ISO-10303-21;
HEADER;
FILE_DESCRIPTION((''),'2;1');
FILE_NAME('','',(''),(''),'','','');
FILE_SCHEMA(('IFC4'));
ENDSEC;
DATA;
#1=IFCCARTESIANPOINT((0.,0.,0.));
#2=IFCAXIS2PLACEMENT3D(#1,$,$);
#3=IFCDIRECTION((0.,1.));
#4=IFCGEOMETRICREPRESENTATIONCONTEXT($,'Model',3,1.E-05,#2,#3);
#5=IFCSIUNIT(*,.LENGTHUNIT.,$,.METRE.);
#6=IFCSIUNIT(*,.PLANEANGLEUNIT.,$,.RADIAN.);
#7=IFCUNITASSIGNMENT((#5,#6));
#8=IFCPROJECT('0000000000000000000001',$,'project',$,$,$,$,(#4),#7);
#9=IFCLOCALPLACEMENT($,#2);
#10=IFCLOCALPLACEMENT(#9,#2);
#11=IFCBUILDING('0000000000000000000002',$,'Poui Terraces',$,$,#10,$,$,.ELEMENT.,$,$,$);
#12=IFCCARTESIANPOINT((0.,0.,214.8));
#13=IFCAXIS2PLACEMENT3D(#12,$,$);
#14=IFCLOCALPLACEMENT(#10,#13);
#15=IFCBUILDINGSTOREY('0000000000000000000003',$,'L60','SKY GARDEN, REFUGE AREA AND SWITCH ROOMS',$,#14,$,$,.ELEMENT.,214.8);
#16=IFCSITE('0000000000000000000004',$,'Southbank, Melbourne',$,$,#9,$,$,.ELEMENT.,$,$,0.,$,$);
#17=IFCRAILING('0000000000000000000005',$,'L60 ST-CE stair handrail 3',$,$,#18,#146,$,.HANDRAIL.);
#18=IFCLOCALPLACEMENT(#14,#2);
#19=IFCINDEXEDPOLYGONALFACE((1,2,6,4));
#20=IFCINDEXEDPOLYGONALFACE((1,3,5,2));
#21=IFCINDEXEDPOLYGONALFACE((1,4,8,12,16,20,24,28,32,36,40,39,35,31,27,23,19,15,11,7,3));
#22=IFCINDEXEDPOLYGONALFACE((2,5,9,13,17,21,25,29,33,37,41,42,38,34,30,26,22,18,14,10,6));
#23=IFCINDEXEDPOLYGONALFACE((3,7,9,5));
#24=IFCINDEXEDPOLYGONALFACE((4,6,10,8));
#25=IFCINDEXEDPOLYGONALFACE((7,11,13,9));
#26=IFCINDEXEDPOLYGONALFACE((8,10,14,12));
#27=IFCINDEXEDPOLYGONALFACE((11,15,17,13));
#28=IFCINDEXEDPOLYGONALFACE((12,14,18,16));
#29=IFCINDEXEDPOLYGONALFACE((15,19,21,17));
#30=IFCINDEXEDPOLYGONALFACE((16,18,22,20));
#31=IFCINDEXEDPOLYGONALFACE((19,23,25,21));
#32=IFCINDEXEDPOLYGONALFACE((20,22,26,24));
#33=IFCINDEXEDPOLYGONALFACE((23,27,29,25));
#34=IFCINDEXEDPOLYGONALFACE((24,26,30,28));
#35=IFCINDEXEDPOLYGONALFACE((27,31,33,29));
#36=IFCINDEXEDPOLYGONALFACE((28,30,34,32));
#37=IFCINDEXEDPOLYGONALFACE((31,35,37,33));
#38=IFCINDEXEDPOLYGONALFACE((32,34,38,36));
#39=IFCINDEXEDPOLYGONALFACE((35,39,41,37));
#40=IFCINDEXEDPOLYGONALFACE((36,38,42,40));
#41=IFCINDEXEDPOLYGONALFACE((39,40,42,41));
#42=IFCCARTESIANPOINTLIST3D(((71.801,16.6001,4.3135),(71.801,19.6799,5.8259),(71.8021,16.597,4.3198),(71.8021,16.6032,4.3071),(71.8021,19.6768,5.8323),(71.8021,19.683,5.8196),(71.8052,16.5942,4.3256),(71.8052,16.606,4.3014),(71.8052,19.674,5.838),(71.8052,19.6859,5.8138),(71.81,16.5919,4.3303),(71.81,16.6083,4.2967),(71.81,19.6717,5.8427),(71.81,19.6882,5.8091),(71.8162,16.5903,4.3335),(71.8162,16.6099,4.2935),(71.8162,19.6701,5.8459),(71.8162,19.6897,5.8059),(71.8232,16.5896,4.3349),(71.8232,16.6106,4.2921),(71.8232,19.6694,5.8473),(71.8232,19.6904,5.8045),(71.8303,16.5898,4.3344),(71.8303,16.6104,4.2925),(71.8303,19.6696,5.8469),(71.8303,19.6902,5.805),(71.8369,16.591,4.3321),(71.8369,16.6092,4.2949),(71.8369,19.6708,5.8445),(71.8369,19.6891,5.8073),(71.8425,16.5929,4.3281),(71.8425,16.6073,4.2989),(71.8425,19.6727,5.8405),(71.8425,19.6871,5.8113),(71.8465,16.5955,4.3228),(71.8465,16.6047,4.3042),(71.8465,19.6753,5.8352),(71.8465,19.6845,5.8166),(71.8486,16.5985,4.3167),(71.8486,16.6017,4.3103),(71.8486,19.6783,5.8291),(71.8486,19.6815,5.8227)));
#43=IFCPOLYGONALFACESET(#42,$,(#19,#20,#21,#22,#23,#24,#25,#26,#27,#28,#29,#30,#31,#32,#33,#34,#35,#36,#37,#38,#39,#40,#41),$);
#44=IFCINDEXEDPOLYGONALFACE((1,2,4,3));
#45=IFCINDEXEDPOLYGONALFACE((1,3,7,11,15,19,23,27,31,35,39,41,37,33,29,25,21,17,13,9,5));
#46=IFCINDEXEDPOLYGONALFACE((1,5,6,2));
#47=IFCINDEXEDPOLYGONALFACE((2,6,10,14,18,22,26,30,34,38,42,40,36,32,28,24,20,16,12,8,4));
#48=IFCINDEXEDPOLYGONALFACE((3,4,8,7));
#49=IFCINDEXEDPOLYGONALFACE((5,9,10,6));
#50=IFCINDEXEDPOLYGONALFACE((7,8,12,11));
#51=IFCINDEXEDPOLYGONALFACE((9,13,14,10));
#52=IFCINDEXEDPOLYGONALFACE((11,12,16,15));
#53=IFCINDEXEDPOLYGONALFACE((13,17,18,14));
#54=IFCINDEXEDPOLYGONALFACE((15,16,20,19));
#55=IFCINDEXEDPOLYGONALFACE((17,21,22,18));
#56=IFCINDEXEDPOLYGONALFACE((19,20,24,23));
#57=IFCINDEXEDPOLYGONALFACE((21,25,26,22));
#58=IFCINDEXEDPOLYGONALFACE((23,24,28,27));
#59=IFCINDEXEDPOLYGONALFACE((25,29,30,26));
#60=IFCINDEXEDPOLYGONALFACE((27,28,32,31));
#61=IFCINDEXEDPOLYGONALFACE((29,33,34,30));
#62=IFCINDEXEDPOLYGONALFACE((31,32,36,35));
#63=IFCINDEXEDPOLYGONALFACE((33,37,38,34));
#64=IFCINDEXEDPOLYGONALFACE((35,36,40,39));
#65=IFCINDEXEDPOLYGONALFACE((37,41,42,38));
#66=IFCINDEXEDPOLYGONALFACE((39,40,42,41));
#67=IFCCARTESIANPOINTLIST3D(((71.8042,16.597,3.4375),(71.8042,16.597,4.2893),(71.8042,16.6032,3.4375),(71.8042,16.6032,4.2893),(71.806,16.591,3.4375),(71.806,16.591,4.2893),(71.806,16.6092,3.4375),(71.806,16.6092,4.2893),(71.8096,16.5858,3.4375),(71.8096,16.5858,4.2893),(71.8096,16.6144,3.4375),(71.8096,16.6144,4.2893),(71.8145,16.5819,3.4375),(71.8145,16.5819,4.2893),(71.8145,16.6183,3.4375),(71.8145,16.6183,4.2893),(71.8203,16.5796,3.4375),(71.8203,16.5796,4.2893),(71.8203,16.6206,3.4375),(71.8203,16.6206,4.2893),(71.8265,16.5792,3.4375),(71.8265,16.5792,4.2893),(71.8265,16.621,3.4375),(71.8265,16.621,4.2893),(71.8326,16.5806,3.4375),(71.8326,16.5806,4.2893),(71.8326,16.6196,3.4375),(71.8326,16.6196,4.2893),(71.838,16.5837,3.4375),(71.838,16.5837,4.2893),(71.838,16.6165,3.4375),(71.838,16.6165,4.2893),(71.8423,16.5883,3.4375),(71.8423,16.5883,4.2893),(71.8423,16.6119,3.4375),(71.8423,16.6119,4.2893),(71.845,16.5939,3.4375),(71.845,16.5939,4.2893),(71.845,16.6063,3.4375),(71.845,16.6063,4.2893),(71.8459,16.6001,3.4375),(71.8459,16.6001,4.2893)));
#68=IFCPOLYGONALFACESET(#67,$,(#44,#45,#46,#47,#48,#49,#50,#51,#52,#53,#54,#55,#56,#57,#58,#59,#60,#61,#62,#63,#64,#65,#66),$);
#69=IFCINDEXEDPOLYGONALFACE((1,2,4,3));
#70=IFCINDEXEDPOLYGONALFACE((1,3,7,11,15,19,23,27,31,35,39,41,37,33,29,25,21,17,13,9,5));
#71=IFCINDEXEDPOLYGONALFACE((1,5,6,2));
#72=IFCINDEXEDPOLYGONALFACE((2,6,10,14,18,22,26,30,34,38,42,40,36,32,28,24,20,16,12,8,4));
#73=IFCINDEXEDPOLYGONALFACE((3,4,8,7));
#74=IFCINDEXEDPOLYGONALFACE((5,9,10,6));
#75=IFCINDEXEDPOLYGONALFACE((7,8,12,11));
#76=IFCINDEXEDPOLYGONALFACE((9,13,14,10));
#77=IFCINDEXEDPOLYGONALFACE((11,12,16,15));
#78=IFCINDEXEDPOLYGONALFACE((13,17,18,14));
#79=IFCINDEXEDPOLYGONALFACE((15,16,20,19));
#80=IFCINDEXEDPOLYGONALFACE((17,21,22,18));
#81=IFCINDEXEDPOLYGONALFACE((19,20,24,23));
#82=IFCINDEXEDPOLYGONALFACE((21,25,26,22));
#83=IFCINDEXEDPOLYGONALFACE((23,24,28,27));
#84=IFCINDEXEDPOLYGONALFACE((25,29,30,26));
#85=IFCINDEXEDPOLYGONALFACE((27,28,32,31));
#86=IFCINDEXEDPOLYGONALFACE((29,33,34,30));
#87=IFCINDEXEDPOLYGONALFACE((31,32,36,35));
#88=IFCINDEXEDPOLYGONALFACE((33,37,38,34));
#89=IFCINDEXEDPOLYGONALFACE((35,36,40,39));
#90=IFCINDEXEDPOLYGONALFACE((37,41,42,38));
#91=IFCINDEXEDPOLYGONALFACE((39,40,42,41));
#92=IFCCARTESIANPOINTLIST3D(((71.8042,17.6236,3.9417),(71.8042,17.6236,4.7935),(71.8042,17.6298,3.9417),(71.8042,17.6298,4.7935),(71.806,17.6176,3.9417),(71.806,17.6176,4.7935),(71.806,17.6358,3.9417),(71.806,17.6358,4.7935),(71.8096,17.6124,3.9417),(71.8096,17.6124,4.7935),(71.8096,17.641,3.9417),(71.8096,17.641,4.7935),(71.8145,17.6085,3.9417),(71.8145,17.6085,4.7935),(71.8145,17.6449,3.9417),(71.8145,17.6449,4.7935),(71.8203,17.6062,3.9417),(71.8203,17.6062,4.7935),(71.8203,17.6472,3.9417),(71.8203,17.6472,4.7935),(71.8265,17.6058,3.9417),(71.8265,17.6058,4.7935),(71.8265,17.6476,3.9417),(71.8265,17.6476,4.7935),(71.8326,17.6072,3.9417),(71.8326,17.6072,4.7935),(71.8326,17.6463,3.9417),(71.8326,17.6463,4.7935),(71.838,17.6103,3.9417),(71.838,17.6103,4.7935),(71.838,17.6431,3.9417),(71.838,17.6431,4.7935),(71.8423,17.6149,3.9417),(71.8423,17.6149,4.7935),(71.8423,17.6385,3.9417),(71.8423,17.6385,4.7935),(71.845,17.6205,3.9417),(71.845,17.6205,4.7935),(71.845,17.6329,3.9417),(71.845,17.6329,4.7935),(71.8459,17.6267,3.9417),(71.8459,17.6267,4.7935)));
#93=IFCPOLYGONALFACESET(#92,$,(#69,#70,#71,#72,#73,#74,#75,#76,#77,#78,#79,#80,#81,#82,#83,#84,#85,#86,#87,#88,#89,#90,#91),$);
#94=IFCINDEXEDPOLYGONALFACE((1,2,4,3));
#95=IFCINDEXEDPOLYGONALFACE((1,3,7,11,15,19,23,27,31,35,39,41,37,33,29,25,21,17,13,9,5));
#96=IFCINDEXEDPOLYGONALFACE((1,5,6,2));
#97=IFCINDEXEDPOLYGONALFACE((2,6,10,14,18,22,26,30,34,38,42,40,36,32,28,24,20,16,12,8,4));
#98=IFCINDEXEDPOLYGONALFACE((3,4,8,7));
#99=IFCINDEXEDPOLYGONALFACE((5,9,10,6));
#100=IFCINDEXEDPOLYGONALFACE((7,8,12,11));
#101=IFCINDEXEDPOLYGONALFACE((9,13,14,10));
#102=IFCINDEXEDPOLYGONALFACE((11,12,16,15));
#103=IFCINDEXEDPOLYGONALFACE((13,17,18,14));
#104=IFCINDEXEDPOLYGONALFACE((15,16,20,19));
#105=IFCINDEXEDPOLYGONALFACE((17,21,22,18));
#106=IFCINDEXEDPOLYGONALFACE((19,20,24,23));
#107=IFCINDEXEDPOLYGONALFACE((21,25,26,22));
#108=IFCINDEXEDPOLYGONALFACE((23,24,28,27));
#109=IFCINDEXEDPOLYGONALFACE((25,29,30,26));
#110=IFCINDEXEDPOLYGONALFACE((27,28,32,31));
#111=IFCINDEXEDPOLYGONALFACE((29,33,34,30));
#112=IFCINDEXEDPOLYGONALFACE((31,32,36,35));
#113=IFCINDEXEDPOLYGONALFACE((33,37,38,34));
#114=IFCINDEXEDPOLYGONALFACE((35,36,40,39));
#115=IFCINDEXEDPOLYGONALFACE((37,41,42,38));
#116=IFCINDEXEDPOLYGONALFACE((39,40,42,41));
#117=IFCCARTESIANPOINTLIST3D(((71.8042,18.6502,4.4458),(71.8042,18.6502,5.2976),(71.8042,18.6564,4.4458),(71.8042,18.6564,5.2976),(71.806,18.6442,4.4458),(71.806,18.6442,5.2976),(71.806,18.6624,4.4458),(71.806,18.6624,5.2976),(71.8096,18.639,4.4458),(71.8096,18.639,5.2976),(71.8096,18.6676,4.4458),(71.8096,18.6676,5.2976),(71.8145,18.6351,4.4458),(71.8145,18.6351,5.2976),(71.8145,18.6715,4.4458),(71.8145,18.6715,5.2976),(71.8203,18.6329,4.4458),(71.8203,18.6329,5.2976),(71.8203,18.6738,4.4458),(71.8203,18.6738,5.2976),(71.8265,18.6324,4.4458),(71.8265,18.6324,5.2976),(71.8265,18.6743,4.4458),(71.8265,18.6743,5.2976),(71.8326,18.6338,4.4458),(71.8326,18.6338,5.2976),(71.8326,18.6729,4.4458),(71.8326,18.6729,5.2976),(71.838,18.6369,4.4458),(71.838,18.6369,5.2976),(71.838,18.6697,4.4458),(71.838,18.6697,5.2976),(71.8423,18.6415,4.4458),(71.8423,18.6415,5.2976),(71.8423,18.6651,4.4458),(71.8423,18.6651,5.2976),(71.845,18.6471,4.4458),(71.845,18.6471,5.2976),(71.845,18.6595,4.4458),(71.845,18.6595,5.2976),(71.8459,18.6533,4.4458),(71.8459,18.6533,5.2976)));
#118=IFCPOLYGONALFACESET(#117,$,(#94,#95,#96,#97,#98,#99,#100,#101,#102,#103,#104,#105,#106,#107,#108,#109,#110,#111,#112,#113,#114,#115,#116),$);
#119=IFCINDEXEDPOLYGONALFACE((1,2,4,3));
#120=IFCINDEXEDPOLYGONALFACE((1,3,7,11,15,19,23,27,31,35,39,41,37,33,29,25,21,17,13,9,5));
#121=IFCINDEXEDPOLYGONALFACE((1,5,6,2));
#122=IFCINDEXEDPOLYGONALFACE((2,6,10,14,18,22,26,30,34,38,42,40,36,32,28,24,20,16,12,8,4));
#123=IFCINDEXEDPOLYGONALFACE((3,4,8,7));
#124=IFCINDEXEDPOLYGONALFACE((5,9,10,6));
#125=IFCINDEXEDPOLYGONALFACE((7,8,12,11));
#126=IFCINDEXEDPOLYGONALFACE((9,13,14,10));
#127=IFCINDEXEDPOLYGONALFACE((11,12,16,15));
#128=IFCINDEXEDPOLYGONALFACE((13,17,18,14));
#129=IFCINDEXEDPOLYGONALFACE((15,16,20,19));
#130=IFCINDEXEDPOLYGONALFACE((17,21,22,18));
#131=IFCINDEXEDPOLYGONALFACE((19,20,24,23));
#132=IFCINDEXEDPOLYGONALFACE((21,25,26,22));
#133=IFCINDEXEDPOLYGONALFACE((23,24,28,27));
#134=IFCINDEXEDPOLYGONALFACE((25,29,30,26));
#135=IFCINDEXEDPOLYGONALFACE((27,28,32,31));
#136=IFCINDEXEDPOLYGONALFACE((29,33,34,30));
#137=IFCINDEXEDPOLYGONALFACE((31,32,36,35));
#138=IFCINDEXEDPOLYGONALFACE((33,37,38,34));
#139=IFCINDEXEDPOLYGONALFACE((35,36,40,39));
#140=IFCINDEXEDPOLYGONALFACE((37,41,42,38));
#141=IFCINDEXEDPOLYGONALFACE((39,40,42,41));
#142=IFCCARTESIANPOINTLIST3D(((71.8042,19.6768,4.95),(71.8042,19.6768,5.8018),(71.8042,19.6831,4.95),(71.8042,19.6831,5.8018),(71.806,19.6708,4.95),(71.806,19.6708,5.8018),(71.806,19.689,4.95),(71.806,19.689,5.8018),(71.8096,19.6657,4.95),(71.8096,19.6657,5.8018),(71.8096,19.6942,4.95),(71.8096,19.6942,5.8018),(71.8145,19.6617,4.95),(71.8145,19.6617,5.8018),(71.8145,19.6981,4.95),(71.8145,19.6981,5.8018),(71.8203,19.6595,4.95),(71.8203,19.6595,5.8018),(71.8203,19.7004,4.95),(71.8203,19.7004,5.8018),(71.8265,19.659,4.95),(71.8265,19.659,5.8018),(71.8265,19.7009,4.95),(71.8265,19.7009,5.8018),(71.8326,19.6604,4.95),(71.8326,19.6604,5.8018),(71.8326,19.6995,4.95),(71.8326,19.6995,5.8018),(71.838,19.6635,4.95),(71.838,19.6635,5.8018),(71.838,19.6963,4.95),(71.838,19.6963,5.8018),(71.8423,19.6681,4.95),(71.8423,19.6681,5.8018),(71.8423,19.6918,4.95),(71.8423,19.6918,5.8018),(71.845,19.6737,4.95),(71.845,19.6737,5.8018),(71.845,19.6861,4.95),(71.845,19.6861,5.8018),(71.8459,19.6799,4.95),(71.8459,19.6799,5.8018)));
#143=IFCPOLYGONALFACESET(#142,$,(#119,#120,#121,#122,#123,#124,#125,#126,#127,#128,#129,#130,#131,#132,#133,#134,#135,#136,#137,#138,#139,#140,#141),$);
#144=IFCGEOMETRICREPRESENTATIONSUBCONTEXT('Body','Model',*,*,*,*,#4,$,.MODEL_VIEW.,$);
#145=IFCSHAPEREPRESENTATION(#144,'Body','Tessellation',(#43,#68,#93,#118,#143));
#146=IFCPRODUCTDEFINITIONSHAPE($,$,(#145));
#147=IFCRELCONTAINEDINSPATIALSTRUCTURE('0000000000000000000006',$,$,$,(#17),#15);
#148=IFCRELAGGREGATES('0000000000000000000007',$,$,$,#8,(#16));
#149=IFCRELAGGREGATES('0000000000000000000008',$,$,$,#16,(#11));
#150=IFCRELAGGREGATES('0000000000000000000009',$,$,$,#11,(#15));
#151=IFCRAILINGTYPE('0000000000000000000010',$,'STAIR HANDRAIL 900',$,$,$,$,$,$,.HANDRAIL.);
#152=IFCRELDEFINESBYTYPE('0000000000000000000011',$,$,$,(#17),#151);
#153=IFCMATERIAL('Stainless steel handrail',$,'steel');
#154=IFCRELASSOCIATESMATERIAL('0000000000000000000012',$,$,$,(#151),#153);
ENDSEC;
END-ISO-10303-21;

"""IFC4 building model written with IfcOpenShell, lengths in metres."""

from ifc_helpers import new_model, si_unit, direction, frame, origin, origin_2d, place, context, subcontext, project, spatial, circle, extrude, material, type_object, element, save


model = new_model("IFC4")

# Units and contexts
model_context = context("Model", 3, precision=1e-05, world=origin(), true_north=direction((0.0, 1.0)))
body_context = subcontext(model_context, "Body", "Model", "MODEL_VIEW")
ifc_project = project(units=[si_unit("LENGTHUNIT", "METRE"), si_unit("PLANEANGLEUNIT", "RADIAN")], contexts=[model_context])

# Site, building, storey
site_placement = place(None, origin())
site = spatial("IfcSite", under=ifc_project, at=site_placement, Name="Southbank, Melbourne", CompositionType="ELEMENT", RefElevation=0.0)
building_placement = place(site_placement, origin())
building = spatial("IfcBuilding", under=site, at=building_placement, Name="Poui Terraces", CompositionType="ELEMENT")
storey_placement = place(building_placement, frame((0.0, 0.0, 214.8)))
storey = spatial("IfcBuildingStorey", under=building, at=storey_placement, Name="L60", Description="SKY GARDEN, REFUGE AREA AND SWITCH ROOMS", CompositionType="ELEMENT", Elevation=214.8)

# Railing
ifc_material_1 = material(Name="Stainless steel handrail", Category="steel")
railing_type_1 = type_object("IfcRailingType", Name="STAIR HANDRAIL 900", PredefinedType="HANDRAIL", material=ifc_material_1)
railing_1_placement = place(storey_placement, frame((71.825, 16.6001, 3.4375)))
element("IfcRailing", 1, at=railing_1_placement, inside=storey, type_object=railing_type_1, Name="L60 ST-CE stair handrail 3", PredefinedType="HANDRAIL", context=body_context, shape_type="SweptSolid", body=[
    extrude(circle(Radius=0.0239, at=origin_2d()), frame((0.0, 0.0, 0.876), z_axis=(0.0, 0.897606, 0.440798), x_axis=(-1.0, 0.0, 0.0)), (0.0, 0.0, 1.0), 3.4312),
    extrude(circle(Radius=0.021, at=origin_2d()), origin(), (0.0, 0.0, 1.0), 0.8518),
    extrude(circle(Radius=0.021, at=origin_2d()), frame((0.0, 1.0266, 0.5042)), (0.0, 0.0, 1.0), 0.8518),
    extrude(circle(Radius=0.021, at=origin_2d()), frame((0.0, 2.0532, 1.0083)), (0.0, 0.0, 1.0), 0.8518),
    extrude(circle(Radius=0.021, at=origin_2d()), frame((0.0, 3.0798, 1.5125)), (0.0, 0.0, 1.0), 0.8518),
])

save(model, "model.ifc")
